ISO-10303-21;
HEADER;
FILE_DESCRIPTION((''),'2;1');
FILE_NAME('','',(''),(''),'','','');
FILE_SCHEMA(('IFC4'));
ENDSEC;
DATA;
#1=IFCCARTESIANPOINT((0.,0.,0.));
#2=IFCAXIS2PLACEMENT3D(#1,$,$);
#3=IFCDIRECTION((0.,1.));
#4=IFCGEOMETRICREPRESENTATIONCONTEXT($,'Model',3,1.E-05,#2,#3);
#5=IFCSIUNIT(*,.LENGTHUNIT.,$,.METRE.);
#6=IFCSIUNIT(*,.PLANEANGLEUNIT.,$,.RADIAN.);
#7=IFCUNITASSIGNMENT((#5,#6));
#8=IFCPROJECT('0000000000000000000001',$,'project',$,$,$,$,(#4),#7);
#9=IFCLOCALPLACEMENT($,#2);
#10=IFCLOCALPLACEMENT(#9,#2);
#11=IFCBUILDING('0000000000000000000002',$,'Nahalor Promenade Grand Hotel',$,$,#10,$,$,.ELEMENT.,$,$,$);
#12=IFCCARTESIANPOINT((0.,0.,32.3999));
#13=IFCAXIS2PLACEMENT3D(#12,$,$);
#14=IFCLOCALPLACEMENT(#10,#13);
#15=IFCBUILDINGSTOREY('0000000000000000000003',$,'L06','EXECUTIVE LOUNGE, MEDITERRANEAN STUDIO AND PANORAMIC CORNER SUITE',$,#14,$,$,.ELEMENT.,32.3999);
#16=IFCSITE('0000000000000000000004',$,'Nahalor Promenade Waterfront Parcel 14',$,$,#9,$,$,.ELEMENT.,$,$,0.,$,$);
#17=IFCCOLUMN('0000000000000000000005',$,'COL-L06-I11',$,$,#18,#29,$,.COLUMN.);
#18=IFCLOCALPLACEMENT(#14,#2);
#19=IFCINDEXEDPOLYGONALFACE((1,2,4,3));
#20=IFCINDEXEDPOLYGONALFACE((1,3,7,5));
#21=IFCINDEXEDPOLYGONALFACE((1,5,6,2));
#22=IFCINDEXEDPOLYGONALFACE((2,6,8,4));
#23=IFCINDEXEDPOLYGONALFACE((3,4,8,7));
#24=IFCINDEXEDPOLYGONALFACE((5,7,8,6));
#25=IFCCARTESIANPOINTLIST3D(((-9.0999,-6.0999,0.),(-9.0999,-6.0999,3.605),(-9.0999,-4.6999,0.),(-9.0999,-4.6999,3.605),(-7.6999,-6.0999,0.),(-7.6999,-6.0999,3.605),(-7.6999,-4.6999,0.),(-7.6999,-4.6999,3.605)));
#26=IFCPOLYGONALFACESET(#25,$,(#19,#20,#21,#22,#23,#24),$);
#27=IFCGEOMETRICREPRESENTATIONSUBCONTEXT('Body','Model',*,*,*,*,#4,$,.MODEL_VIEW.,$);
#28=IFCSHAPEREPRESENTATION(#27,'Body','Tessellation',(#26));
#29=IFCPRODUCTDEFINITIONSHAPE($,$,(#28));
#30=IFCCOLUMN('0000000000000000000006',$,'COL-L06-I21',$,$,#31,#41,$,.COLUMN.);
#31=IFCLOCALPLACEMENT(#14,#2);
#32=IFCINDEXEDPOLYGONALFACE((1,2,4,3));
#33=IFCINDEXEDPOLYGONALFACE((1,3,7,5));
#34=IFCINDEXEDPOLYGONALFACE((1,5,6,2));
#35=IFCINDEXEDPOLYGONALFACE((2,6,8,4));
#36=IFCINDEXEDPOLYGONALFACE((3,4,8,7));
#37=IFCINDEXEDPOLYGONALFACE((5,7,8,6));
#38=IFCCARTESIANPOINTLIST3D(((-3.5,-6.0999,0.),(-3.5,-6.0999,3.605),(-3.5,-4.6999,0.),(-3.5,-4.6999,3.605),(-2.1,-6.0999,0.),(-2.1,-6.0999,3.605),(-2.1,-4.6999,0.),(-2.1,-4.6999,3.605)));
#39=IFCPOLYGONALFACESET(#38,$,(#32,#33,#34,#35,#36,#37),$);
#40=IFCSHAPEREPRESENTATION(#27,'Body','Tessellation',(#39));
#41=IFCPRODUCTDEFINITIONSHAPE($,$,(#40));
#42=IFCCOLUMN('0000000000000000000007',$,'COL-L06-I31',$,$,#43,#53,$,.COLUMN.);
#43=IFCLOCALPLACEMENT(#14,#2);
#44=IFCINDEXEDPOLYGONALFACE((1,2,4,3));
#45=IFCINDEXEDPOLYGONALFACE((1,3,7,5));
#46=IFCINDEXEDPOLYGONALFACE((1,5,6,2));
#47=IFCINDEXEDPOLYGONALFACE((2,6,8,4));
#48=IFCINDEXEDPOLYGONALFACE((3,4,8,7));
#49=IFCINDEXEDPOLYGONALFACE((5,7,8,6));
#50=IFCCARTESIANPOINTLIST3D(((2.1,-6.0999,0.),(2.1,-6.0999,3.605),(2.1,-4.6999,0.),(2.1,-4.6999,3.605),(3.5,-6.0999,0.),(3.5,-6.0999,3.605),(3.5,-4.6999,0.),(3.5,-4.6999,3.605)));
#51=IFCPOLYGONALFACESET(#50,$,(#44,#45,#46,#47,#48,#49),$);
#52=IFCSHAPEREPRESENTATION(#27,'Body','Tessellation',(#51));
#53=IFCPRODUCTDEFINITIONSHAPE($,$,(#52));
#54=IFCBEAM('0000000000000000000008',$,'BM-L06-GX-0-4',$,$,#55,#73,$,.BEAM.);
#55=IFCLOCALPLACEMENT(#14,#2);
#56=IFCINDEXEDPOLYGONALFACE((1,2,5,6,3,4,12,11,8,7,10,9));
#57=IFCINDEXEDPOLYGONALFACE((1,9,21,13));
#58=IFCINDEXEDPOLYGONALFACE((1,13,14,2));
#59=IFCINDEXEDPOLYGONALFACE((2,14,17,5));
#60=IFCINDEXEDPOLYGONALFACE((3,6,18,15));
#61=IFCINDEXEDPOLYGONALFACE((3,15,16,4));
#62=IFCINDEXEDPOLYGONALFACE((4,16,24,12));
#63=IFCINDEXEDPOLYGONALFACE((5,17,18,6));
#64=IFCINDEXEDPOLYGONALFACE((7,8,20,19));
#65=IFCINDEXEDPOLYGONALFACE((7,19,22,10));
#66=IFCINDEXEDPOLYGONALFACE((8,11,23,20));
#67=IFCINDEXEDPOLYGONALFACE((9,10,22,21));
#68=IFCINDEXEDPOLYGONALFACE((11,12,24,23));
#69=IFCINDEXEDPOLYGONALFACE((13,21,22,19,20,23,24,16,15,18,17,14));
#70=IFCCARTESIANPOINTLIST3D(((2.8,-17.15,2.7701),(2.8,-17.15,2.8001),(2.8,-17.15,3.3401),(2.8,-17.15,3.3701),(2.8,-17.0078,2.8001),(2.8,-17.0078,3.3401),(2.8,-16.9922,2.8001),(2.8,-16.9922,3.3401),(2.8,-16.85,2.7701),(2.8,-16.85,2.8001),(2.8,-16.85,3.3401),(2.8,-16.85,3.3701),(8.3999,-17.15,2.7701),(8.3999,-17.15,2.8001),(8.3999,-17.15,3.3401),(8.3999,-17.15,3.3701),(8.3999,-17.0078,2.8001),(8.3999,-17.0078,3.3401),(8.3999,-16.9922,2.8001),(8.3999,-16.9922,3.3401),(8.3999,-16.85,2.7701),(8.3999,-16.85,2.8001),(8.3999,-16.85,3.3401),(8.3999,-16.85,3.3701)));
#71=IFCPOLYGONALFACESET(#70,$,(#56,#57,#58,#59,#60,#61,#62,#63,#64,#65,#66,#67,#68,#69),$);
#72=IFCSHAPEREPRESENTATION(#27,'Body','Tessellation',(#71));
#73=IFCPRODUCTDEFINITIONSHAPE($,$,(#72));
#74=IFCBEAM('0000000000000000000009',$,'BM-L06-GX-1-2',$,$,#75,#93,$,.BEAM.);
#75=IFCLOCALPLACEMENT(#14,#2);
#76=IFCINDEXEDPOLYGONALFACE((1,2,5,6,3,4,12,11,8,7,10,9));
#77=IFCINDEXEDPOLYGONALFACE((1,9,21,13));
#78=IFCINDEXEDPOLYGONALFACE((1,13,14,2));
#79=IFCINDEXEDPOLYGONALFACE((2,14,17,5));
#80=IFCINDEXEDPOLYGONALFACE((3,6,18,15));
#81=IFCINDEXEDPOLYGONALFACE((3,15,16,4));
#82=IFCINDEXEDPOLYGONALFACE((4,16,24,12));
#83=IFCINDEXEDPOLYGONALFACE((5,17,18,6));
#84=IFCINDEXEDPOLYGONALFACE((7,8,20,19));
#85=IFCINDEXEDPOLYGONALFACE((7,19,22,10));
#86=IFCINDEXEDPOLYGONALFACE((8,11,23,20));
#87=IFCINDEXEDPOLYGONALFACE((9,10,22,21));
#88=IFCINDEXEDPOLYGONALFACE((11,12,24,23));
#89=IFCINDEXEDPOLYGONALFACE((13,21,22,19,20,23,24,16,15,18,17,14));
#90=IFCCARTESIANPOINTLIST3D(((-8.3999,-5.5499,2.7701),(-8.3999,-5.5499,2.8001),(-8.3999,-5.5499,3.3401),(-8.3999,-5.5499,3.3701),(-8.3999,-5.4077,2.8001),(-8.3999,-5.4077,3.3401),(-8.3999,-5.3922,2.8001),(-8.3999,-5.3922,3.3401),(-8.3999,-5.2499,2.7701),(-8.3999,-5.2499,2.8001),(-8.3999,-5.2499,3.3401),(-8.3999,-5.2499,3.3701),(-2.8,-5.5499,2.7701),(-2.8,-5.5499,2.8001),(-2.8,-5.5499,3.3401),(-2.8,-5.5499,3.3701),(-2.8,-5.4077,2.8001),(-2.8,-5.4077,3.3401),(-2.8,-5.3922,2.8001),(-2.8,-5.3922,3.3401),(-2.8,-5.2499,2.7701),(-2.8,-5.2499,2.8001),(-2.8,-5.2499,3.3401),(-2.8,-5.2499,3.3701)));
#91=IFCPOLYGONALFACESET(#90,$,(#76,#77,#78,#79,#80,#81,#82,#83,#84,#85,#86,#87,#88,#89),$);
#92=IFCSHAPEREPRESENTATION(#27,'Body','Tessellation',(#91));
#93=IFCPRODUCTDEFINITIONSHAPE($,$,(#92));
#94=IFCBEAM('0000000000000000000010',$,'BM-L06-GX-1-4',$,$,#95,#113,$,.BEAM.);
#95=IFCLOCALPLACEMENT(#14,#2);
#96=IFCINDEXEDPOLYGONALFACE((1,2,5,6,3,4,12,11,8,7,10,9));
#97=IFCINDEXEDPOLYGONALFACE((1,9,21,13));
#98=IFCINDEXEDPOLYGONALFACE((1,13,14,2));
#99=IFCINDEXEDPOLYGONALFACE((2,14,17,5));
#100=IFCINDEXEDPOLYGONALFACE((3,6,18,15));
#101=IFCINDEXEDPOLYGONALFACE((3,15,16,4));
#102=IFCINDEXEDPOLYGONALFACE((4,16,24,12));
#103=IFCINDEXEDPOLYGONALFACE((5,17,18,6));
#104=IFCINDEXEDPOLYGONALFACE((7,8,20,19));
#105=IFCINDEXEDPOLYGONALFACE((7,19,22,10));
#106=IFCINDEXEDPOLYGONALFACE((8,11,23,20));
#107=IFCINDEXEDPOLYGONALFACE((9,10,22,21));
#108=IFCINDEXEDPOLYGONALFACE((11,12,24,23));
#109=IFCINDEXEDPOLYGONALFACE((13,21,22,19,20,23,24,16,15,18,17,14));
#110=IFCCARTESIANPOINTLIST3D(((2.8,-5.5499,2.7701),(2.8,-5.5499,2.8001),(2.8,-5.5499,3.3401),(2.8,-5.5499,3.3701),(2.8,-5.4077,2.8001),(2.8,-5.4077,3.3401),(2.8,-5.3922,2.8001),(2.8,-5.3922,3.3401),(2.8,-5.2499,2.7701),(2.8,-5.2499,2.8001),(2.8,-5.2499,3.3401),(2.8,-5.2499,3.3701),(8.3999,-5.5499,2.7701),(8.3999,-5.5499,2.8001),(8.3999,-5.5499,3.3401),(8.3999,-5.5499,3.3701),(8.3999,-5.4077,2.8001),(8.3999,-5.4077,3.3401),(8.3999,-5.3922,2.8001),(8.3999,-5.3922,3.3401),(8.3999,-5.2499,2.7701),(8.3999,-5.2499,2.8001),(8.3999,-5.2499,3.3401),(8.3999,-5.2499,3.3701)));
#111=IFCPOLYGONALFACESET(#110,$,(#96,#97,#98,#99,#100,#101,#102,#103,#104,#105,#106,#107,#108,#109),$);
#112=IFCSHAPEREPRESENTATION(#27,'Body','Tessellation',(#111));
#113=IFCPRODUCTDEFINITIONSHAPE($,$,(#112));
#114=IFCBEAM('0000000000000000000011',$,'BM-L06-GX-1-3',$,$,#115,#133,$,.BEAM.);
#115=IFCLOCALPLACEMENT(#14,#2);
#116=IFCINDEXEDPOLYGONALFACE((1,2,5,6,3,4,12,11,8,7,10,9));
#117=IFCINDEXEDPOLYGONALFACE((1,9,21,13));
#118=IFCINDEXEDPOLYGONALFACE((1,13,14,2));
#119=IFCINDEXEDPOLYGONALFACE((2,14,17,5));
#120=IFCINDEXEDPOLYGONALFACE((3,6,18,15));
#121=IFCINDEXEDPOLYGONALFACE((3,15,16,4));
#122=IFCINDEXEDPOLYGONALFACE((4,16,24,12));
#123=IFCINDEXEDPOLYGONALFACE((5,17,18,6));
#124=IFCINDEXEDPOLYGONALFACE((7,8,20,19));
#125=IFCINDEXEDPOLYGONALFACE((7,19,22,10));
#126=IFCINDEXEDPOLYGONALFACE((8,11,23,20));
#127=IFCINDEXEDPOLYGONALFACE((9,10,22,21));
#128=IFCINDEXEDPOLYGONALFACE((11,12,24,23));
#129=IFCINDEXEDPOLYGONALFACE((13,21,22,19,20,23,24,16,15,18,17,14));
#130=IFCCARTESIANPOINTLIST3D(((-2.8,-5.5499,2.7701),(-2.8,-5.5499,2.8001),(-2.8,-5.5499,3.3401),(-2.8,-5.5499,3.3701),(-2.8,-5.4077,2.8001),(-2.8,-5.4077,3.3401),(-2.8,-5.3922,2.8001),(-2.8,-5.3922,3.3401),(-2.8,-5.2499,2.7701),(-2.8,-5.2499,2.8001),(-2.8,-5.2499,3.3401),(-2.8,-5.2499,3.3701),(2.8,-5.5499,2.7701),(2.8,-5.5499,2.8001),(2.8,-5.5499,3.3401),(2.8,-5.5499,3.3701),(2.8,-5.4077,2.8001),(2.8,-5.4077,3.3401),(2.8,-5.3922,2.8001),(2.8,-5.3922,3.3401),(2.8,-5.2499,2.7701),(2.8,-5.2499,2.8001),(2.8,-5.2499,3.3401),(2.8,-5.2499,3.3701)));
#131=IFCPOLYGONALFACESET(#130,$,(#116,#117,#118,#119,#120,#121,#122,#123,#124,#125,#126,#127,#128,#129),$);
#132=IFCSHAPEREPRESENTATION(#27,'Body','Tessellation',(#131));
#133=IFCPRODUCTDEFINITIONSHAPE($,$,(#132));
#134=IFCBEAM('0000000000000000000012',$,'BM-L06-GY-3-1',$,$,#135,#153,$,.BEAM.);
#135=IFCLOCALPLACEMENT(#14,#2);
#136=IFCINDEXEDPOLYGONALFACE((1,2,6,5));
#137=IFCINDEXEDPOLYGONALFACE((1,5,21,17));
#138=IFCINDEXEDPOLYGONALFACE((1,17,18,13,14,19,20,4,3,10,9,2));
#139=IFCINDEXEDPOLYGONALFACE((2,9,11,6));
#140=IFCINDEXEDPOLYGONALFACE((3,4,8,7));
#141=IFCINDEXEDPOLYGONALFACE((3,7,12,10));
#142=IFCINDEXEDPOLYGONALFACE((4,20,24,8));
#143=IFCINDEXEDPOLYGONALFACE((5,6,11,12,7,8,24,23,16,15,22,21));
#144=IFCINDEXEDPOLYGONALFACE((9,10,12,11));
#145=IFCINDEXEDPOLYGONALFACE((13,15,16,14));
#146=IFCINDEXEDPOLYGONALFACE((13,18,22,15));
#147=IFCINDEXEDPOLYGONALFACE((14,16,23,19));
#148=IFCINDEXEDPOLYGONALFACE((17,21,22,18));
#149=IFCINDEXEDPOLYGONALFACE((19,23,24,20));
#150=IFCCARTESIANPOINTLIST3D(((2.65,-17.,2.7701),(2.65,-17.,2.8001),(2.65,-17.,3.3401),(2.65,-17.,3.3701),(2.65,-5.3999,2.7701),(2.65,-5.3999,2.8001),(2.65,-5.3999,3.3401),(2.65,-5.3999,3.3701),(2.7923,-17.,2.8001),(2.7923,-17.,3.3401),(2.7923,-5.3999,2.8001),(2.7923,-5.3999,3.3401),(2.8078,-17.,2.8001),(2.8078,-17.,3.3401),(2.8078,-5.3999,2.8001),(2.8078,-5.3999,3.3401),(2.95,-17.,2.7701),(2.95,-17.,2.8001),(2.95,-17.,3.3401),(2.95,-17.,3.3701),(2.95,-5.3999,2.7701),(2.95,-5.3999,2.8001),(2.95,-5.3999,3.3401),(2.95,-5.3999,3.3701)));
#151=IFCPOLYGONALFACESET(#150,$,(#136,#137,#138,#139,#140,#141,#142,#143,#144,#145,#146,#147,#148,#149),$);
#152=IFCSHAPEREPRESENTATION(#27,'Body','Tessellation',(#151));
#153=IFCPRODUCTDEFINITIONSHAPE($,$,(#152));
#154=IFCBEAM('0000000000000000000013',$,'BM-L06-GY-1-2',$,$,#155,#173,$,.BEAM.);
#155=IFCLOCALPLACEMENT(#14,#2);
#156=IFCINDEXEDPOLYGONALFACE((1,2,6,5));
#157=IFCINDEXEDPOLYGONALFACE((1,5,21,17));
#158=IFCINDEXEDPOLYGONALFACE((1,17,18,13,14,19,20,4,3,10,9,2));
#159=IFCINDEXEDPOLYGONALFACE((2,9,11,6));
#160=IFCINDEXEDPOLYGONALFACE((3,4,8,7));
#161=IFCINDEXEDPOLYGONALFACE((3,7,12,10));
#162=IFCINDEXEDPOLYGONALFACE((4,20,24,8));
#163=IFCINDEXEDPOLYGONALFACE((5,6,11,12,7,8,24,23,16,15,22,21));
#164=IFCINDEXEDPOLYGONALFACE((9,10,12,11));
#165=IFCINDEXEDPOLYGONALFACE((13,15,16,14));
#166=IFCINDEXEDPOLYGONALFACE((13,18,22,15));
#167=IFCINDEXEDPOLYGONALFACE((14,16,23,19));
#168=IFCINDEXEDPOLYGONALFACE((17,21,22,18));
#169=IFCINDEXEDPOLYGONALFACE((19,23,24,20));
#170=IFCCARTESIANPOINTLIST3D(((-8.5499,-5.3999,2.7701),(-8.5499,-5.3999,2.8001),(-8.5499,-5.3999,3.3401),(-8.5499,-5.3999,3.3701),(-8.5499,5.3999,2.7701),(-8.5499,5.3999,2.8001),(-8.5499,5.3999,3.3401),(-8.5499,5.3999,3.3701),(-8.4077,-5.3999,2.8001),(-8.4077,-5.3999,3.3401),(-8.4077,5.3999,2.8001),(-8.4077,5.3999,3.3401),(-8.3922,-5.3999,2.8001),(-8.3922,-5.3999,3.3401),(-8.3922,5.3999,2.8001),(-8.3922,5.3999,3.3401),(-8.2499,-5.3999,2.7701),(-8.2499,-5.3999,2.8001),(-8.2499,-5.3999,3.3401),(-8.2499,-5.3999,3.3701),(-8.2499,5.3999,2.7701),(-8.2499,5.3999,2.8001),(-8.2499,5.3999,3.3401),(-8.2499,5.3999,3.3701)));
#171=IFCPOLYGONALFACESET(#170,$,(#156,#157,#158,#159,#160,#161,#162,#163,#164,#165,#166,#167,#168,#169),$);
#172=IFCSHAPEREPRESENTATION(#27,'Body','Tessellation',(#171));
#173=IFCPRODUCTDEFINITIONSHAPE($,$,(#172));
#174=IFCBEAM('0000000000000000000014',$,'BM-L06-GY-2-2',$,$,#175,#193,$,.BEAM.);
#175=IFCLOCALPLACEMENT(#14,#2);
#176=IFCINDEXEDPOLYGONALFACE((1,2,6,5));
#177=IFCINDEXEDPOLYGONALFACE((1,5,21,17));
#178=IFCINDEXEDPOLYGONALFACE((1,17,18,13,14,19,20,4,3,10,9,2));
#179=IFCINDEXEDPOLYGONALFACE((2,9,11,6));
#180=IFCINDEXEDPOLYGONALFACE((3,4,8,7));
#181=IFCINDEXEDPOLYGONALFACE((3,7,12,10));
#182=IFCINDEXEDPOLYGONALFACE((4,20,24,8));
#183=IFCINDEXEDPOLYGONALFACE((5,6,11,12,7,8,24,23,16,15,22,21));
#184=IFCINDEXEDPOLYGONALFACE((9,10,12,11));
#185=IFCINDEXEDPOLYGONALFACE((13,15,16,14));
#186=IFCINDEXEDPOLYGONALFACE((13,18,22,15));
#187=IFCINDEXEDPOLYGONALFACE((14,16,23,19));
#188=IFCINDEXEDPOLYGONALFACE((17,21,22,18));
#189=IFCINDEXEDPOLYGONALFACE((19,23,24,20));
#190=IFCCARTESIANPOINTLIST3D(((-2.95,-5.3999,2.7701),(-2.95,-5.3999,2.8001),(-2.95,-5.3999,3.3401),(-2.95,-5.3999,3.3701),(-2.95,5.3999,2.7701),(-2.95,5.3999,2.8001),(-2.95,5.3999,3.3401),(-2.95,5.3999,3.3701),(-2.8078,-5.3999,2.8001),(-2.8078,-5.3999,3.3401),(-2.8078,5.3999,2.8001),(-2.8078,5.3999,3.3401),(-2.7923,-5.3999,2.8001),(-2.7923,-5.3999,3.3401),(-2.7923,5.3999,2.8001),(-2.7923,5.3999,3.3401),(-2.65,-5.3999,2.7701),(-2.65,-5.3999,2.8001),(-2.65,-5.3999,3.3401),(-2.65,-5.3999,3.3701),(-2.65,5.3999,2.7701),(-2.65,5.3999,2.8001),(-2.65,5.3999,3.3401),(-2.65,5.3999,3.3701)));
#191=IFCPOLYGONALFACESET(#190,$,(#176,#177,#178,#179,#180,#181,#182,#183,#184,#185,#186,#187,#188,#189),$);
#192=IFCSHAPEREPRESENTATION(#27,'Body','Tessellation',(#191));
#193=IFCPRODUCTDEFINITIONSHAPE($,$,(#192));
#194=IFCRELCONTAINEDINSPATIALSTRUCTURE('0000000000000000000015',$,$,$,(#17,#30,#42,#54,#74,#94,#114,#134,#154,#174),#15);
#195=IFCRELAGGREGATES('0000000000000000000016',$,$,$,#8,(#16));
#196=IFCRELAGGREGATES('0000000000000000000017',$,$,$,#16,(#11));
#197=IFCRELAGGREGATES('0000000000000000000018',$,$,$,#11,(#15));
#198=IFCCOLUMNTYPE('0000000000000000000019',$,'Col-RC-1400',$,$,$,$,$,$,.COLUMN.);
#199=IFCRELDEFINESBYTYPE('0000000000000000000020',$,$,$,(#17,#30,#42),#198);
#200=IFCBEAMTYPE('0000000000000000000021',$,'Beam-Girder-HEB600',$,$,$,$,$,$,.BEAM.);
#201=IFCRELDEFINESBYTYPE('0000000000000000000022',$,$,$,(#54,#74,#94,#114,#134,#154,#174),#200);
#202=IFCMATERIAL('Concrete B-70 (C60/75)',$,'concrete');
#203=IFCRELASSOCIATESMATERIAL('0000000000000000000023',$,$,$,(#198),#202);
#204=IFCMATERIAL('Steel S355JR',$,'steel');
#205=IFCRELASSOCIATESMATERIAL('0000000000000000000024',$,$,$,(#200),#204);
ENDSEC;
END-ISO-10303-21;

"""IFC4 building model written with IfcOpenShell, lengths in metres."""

from ifc_helpers import new_model, si_unit, direction, frame, origin, origin_2d, place, context, subcontext, project, spatial, rectangle, i_section, extrude, source, transform, mapped, material, material_profile, profile_set, type_object, element, save


model = new_model("IFC4")

# Units and contexts
model_context = context("Model", 3, precision=1e-05, world=origin(), true_north=direction((0.0, 1.0)))
body_context = subcontext(model_context, "Body", "Model", "MODEL_VIEW")
ifc_project = project(units=[si_unit("LENGTHUNIT", "METRE"), si_unit("PLANEANGLEUNIT", "RADIAN")], contexts=[model_context])

# Site, building, storey
site_placement = place(None, origin())
site = spatial("IfcSite", under=ifc_project, at=site_placement, Name="Nahalor Promenade Waterfront Parcel 14", CompositionType="ELEMENT", RefElevation=0.0)
building_placement = place(site_placement, origin())
building = spatial("IfcBuilding", under=site, at=building_placement, Name="Nahalor Promenade Grand Hotel", CompositionType="ELEMENT")
storey_placement = place(building_placement, frame((0.0, 0.0, 32.3999)))
storey = spatial("IfcBuildingStorey", under=building, at=storey_placement, Name="L06", Description="EXECUTIVE LOUNGE, MEDITERRANEAN STUDIO AND PANORAMIC CORNER SUITE", CompositionType="ELEMENT", Elevation=32.3999)

# Columns
ifc_material_1 = material(Name="Concrete B-70 (C60/75)", Category="concrete")
ifc_material_profile_1 = material_profile(ifc_material_1, rectangle(XDim=1.4, YDim=1.4, at=origin_2d()), Name="RC 1400x1400")
ifc_profile_set_1 = profile_set([ifc_material_profile_1], Name="Concrete B-70 (C60/75)")
column_type = type_object("IfcColumnType", Name="Col-RC-1400", PredefinedType="COLUMN", material=ifc_profile_set_1)
shared_shape_1 = source(origin(), body_context, "Body", "SweptSolid", [
    extrude(rectangle(XDim=1.4, YDim=1.4, at=origin_2d()), origin(), (0.0, 0.0, 1.0), 3.605),
])
for number, where, z_axis, x_axis, name in (
    (1, (-8.3999, -5.3999, 0.0), (0.0, 0.0, 1.0), (1.0, 0.0, 0.0), "COL-L06-I11"),
    (2, (-2.8, -5.3999, 0.0), (0.0, 0.0, 1.0), (1.0, 0.0, 0.0), "COL-L06-I21"),
    (3, (2.8, -5.3999, 0.0), (0.0, 0.0, 1.0), (1.0, 0.0, 0.0), "COL-L06-I31"),
):
    element("IfcColumn", number, at=place(storey_placement, frame(where, z_axis=z_axis, x_axis=x_axis)), inside=storey, type_object=column_type, Name=name, PredefinedType="COLUMN", context=body_context, shape_type="MappedRepresentation", body=[
        mapped(shared_shape_1, transform((0.0, 0.0, 0.0), scale=1.0)),
    ])

# Beams
ifc_material_2 = material(Name="Steel S355JR", Category="steel")
ifc_material_profile_2 = material_profile(ifc_material_2, i_section(OverallWidth=0.3, OverallDepth=0.6, WebThickness=0.0155, FlangeThickness=0.03, at=origin_2d()), Name="HEB 600")
ifc_profile_set_2 = profile_set([ifc_material_profile_2], Name="Steel S355JR")
beam_type = type_object("IfcBeamType", Name="Beam-Girder-HEB600", PredefinedType="BEAM", material=ifc_profile_set_2)
shared_shape_2 = source(origin(), body_context, "Body", "SweptSolid", [
    extrude(i_section(OverallWidth=0.3, OverallDepth=0.6, WebThickness=0.0155, FlangeThickness=0.03, at=origin_2d()), origin(), (0.0, 0.0, 1.0), 5.5999),
])
for number, where, z_axis, x_axis, name in (
    (4, (2.8, -17.0, 3.0701), (1.0, 0.0, 0.0), (0.0, 1.0, 0.0), "BM-L06-GX-0-4"),
    (5, (-8.3999, -5.3999, 3.0701), (1.0, 0.0, 0.0), (0.0, 1.0, 0.0), "BM-L06-GX-1-2"),
    (6, (2.8, -5.3999, 3.0701), (1.0, 0.0, 0.0), (0.0, 1.0, 0.0), "BM-L06-GX-1-4"),
):
    element("IfcBeam", number, at=place(storey_placement, frame(where, z_axis=z_axis, x_axis=x_axis)), inside=storey, type_object=beam_type, Name=name, PredefinedType="BEAM", context=body_context, shape_type="MappedRepresentation", body=[
        mapped(shared_shape_2, transform((0.0, 0.0, 0.0), scale=1.0)),
    ])
shared_shape_3 = source(origin(), body_context, "Body", "SweptSolid", [
    extrude(i_section(OverallWidth=0.3, OverallDepth=0.6, WebThickness=0.0155, FlangeThickness=0.03, at=origin_2d()), origin(), (0.0, 0.0, 1.0), 5.6001),
])
beam_1_placement = place(storey_placement, frame((-2.8, -5.3999, 3.0701), z_axis=(1.0, 0.0, 0.0), x_axis=(0.0, 1.0, 0.0)))
element("IfcBeam", 7, at=beam_1_placement, inside=storey, type_object=beam_type, Name="BM-L06-GX-1-3", PredefinedType="BEAM", context=body_context, shape_type="MappedRepresentation", body=[
    mapped(shared_shape_3, transform((0.0, 0.0, 0.0), scale=1.0)),
])
shared_shape_4 = source(origin(), body_context, "Body", "SweptSolid", [
    extrude(i_section(OverallWidth=0.3, OverallDepth=0.6, WebThickness=0.0155, FlangeThickness=0.03, at=origin_2d()), origin(), (0.0, 0.0, 1.0), 11.6001),
])
beam_2_placement = place(storey_placement, frame((2.8, -17.0, 3.0701), z_axis=(0.0, 1.0, 0.0), x_axis=(-1.0, 0.0, 0.0)))
element("IfcBeam", 8, at=beam_2_placement, inside=storey, type_object=beam_type, Name="BM-L06-GY-3-1", PredefinedType="BEAM", context=body_context, shape_type="MappedRepresentation", body=[
    mapped(shared_shape_4, transform((0.0, 0.0, 0.0), scale=1.0)),
])
shared_shape_5 = source(origin(), body_context, "Body", "SweptSolid", [
    extrude(i_section(OverallWidth=0.3, OverallDepth=0.6, WebThickness=0.0155, FlangeThickness=0.03, at=origin_2d()), origin(), (0.0, 0.0, 1.0), 10.7998),
])
for number, where, z_axis, x_axis, name in (
    (9, (-8.3999, -5.3999, 3.0701), (0.0, 1.0, 0.0), (-1.0, 0.0, 0.0), "BM-L06-GY-1-2"),
    (10, (-2.8, -5.3999, 3.0701), (0.0, 1.0, 0.0), (-1.0, 0.0, 0.0), "BM-L06-GY-2-2"),
):
    element("IfcBeam", number, at=place(storey_placement, frame(where, z_axis=z_axis, x_axis=x_axis)), inside=storey, type_object=beam_type, Name=name, PredefinedType="BEAM", context=body_context, shape_type="MappedRepresentation", body=[
        mapped(shared_shape_5, transform((0.0, 0.0, 0.0), scale=1.0)),
    ])

save(model, "model.ifc")
